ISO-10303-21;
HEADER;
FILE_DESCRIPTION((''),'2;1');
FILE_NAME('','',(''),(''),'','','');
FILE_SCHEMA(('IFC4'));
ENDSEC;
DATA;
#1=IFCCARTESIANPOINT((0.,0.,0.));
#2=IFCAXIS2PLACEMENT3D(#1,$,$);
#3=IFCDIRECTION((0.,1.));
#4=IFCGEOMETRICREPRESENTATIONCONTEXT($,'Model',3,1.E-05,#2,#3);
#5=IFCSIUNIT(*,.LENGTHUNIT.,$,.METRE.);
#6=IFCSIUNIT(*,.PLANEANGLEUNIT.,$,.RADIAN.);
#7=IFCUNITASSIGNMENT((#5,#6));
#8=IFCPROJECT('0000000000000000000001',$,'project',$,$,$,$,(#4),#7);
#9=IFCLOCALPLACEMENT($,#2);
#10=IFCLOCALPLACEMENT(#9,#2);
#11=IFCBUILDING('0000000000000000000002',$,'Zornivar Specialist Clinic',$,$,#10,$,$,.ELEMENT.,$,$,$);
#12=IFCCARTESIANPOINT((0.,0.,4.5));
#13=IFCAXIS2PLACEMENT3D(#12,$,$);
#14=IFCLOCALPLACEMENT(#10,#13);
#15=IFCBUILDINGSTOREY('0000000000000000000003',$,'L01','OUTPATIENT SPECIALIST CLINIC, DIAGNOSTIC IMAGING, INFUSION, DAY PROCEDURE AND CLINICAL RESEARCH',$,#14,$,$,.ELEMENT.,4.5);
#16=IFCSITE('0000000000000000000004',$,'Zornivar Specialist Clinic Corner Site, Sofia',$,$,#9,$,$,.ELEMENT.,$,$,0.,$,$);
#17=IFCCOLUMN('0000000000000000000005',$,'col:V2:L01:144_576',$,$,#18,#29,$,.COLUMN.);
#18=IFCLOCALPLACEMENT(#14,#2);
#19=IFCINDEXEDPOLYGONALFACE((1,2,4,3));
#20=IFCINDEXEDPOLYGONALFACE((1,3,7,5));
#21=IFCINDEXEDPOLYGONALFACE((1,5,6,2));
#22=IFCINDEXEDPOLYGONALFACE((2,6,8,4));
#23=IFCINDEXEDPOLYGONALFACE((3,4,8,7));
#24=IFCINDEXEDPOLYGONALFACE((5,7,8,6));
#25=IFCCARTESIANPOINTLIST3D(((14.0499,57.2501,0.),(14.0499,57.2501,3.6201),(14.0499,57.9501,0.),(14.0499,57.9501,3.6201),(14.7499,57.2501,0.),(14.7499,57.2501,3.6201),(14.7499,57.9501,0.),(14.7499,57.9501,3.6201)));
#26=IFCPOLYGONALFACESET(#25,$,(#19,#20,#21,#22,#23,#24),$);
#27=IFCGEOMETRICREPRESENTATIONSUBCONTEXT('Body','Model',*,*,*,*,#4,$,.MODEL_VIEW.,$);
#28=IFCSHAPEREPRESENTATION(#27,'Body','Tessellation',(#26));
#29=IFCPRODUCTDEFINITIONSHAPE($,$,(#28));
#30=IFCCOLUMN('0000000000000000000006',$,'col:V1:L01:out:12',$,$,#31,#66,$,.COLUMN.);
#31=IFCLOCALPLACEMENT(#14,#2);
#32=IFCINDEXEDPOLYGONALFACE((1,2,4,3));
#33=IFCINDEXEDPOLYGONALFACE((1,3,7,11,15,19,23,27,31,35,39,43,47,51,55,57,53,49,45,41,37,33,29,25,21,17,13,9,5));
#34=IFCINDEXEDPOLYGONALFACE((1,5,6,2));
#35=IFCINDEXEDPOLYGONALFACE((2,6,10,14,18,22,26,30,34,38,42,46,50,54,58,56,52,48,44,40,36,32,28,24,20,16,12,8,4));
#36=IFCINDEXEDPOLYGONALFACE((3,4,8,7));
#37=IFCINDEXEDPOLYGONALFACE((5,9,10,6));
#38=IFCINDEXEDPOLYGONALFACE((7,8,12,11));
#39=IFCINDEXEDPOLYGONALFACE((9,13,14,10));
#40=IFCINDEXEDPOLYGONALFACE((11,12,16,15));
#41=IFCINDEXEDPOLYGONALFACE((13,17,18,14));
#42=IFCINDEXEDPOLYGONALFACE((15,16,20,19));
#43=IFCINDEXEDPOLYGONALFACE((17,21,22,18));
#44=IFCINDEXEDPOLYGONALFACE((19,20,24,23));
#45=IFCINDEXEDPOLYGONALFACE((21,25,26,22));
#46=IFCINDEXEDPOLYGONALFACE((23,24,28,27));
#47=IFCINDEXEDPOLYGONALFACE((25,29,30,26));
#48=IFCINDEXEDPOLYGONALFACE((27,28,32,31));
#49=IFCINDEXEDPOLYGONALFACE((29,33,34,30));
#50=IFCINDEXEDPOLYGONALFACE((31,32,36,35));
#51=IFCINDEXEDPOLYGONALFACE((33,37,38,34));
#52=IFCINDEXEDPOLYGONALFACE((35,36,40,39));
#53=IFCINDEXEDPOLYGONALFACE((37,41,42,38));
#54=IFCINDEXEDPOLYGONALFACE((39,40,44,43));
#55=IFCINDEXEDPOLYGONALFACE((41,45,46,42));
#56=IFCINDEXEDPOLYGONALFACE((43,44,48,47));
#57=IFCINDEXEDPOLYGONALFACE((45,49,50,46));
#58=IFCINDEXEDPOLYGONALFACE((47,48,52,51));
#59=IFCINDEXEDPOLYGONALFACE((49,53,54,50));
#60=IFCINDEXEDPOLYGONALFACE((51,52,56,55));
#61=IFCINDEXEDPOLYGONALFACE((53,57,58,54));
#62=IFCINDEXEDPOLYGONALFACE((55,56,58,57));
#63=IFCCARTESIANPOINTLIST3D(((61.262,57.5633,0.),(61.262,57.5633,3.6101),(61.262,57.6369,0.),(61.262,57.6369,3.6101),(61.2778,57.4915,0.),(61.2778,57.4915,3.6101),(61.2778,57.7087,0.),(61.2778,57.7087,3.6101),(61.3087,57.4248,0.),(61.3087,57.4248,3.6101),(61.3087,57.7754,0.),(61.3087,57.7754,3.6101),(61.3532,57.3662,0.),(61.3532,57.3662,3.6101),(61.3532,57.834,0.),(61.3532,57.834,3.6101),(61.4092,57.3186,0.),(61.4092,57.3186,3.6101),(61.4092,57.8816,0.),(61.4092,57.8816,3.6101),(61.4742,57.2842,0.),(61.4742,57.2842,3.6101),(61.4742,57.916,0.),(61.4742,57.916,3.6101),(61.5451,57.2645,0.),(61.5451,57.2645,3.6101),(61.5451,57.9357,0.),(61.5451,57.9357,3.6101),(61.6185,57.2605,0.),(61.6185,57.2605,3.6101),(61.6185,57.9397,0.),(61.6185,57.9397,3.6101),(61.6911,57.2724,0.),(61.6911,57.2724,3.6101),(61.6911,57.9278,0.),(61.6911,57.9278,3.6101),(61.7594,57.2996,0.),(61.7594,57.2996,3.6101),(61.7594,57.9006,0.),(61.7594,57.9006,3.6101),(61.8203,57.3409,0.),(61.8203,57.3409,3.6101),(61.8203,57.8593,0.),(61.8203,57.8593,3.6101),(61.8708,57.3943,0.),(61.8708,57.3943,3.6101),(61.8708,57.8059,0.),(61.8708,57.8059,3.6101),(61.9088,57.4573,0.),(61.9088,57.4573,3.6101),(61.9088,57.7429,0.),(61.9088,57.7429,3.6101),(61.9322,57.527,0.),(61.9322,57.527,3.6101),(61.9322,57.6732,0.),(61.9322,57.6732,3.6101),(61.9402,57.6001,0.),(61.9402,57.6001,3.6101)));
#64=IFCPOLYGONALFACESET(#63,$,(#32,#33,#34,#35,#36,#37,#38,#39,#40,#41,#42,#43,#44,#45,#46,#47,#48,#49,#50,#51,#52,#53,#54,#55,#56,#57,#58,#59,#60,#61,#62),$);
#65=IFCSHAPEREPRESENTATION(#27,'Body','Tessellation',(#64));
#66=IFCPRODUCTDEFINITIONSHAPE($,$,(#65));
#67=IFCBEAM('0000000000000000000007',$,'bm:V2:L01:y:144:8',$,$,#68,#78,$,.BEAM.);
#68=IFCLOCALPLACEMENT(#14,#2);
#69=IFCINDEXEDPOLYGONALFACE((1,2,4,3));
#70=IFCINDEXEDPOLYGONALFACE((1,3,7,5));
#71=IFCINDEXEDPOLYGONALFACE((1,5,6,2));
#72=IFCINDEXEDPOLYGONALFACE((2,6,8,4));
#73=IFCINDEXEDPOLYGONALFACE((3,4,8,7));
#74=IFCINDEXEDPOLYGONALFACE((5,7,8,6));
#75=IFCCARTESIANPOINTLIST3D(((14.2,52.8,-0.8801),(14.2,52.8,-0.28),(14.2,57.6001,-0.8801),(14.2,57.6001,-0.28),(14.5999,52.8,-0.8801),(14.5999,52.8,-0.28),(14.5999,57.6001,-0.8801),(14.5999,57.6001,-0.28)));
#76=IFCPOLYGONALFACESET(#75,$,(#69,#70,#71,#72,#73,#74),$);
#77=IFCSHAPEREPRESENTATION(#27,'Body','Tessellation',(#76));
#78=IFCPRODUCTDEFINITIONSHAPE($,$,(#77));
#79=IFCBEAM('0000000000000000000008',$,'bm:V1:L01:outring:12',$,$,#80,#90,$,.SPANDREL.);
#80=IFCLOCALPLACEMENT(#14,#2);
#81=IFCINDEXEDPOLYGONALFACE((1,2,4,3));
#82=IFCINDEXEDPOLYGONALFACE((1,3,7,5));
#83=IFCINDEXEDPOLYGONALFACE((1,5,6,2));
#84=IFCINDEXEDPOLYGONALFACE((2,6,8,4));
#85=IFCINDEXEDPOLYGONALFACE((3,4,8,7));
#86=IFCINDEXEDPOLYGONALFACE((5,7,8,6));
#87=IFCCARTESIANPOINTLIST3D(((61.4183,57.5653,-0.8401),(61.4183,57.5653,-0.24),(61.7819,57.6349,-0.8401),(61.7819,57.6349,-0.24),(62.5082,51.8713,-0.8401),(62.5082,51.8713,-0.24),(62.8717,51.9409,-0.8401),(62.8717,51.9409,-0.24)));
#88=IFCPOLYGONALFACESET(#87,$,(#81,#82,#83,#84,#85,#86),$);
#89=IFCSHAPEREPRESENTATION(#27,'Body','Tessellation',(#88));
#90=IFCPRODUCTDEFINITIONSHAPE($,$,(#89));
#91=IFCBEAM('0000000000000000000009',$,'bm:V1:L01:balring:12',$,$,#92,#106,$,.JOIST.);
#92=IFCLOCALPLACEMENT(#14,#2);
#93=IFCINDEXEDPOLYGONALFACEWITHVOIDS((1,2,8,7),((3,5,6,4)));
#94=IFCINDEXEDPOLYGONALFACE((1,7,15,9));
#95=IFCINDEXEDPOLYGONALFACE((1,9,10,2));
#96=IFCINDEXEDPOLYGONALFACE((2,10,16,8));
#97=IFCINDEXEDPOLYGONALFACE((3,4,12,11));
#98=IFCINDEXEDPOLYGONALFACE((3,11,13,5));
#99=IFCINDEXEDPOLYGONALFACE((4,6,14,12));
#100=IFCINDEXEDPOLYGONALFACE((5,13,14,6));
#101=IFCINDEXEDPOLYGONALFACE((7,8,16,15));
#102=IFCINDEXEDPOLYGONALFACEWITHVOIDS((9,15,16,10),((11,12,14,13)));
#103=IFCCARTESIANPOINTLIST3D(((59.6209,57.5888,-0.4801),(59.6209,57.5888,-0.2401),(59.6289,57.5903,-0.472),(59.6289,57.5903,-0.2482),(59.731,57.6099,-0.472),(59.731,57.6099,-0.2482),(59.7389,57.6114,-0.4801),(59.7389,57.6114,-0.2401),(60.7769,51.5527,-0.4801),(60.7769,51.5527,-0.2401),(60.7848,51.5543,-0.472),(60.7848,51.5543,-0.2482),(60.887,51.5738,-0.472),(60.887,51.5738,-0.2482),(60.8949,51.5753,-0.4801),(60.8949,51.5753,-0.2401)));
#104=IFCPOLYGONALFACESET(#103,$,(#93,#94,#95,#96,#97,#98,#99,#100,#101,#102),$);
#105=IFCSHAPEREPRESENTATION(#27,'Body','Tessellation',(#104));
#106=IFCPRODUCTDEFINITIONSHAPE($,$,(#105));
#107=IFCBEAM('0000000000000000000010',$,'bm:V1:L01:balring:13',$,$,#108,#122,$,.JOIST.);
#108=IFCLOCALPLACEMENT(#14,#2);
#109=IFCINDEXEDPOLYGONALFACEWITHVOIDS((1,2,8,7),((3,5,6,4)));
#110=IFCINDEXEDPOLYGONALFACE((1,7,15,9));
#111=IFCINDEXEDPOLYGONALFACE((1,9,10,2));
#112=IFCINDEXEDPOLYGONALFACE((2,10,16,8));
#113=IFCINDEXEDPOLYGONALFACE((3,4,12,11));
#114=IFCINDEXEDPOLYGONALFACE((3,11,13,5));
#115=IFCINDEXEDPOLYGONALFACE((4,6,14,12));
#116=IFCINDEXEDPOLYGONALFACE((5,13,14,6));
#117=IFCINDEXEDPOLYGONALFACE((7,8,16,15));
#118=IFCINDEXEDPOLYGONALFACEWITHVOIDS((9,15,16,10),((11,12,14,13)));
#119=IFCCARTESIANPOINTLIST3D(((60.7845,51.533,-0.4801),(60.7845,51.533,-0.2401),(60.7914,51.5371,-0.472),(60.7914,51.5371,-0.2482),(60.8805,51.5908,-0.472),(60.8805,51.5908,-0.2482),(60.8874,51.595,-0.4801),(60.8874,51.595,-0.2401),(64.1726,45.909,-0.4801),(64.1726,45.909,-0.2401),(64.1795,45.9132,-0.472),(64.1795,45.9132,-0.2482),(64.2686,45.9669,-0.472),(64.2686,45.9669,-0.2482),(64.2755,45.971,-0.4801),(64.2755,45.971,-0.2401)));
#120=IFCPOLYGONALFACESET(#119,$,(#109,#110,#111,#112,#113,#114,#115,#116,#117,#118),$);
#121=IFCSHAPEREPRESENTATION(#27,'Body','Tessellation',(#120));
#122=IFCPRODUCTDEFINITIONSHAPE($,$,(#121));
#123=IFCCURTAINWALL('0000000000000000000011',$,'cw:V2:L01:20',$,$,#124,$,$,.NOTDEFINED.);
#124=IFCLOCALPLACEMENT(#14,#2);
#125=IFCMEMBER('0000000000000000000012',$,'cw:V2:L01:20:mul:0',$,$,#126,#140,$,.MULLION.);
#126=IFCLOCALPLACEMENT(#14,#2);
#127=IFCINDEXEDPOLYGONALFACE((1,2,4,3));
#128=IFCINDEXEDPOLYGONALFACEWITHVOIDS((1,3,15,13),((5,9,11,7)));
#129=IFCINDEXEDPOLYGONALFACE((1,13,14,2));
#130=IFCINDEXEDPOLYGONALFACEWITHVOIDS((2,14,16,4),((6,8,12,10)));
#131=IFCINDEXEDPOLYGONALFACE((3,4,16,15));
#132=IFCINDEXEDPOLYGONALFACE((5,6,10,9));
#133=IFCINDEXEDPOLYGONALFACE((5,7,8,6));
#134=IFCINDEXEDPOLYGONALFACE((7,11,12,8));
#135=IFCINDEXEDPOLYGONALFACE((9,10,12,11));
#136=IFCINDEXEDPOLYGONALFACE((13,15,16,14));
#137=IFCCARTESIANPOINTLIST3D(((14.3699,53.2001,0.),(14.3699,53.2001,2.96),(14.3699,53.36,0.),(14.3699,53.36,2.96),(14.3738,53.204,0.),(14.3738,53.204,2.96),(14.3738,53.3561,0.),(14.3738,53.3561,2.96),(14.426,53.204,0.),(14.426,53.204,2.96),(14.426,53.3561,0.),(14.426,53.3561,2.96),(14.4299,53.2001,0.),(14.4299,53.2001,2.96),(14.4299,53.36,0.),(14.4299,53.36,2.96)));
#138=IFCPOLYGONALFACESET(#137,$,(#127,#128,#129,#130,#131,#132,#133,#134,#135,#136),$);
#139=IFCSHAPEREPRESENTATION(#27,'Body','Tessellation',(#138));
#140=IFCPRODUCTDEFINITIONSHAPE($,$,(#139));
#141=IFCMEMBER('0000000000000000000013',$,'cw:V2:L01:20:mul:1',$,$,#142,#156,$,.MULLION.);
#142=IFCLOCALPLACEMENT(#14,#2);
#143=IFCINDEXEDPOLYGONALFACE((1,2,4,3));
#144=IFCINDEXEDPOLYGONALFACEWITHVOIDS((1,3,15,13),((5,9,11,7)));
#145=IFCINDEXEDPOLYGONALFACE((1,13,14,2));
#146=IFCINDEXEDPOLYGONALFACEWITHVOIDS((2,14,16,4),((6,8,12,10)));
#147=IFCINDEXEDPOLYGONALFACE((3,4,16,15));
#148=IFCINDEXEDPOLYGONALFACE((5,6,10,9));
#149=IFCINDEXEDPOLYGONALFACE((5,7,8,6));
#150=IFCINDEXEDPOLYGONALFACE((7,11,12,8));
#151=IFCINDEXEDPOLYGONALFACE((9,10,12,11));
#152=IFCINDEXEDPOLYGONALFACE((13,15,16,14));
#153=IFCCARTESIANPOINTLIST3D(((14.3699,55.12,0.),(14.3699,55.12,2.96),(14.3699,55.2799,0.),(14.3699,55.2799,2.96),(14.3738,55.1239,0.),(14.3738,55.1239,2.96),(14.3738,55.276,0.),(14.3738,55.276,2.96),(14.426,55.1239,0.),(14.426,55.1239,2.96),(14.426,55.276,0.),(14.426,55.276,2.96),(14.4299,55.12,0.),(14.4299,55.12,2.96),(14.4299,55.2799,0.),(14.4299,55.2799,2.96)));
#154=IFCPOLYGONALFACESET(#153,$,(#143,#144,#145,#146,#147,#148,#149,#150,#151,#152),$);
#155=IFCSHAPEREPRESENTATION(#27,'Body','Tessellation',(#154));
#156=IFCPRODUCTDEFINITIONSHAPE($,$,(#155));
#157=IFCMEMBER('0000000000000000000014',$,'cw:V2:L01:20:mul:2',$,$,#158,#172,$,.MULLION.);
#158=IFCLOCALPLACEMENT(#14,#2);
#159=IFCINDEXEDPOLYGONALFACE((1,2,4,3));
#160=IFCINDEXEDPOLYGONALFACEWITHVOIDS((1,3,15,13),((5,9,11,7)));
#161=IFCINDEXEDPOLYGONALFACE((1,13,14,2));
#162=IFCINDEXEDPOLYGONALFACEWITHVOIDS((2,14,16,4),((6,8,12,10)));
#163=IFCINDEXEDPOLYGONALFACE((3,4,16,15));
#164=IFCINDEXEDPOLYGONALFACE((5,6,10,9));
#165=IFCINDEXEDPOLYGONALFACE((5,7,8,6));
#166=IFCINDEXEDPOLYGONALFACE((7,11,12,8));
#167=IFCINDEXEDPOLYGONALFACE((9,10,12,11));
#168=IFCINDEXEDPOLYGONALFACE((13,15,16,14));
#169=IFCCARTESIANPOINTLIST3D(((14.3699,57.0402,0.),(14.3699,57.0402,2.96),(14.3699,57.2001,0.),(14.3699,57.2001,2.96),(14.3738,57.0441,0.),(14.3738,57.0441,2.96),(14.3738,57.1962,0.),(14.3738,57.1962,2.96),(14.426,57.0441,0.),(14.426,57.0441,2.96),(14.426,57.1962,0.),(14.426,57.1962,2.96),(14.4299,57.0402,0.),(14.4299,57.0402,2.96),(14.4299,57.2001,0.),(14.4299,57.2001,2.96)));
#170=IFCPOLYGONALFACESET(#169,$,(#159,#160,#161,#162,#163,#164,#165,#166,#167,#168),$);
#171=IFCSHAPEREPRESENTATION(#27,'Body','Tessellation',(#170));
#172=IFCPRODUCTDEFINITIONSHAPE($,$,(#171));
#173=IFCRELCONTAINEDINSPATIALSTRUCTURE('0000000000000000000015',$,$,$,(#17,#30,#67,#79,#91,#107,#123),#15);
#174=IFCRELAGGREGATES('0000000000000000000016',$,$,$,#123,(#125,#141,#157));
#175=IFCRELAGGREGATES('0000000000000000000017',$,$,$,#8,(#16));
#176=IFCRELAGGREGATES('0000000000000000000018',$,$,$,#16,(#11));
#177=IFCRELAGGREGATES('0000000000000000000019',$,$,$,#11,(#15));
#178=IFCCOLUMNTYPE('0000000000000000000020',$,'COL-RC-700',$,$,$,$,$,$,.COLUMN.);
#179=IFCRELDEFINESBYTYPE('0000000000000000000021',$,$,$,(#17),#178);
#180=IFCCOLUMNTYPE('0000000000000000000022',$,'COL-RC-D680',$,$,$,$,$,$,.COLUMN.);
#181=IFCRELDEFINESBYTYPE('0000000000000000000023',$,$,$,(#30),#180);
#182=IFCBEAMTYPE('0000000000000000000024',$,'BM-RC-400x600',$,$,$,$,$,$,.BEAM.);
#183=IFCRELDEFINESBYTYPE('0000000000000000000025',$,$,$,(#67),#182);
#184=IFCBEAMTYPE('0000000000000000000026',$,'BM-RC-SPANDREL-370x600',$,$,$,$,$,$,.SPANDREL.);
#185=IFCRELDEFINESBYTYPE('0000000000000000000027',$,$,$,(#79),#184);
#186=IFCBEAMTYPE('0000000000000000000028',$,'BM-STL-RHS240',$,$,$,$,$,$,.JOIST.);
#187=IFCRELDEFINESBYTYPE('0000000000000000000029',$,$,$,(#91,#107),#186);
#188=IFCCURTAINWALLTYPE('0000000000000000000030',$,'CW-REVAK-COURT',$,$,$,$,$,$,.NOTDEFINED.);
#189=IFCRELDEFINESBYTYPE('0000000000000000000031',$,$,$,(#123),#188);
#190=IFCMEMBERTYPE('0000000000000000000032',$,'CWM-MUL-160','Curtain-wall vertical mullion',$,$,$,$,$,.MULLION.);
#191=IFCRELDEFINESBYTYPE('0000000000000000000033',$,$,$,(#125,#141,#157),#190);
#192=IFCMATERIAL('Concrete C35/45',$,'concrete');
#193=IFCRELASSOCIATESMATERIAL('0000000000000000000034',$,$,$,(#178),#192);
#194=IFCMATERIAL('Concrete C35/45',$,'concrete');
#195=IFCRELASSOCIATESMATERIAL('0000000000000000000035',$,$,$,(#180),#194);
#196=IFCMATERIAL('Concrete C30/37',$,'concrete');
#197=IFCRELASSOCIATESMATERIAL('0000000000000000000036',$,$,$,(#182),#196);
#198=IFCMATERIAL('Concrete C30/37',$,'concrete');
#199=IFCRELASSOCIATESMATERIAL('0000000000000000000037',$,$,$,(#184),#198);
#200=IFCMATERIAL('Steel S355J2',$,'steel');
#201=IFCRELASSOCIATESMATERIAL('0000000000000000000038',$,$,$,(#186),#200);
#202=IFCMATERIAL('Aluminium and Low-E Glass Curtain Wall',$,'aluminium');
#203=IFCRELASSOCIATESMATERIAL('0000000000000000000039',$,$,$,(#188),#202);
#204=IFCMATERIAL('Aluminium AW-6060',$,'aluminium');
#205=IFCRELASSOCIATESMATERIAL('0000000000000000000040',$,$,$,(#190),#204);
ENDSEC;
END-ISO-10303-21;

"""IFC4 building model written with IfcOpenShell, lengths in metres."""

from ifc_helpers import new_model, si_unit, direction, frame, origin, origin_2d, place, context, subcontext, project, spatial, rectangle, hollow_rectangle, circle, extrude, material, material_profile, profile_set, type_object, element, aggregate, save


model = new_model("IFC4")

# Units and contexts
model_context = context("Model", 3, precision=1e-05, world=origin(), true_north=direction((0.0, 1.0)))
body_context = subcontext(model_context, "Body", "Model", "MODEL_VIEW")
ifc_project = project(units=[si_unit("LENGTHUNIT", "METRE"), si_unit("PLANEANGLEUNIT", "RADIAN")], contexts=[model_context])

# Site, building, storey
site_placement = place(None, origin())
site = spatial("IfcSite", under=ifc_project, at=site_placement, Name="Zornivar Specialist Clinic Corner Site, Sofia", CompositionType="ELEMENT", RefElevation=0.0)
building_placement = place(site_placement, origin())
building = spatial("IfcBuilding", under=site, at=building_placement, Name="Zornivar Specialist Clinic", CompositionType="ELEMENT")
storey_placement = place(building_placement, frame((0.0, 0.0, 4.5)))
storey = spatial("IfcBuildingStorey", under=building, at=storey_placement, Name="L01", Description="OUTPATIENT SPECIALIST CLINIC, DIAGNOSTIC IMAGING, INFUSION, DAY PROCEDURE AND CLINICAL RESEARCH", CompositionType="ELEMENT", Elevation=4.5)

# Columns
ifc_material_1 = material(Name="Concrete C35/45", Category="concrete")
ifc_material_profile_1 = material_profile(ifc_material_1, rectangle(XDim=0.7, YDim=0.7, at=origin_2d()), Name="RC 700x700")
ifc_profile_set_1 = profile_set([ifc_material_profile_1], Name="Concrete C35/45")
column_type_1 = type_object("IfcColumnType", Name="COL-RC-700", PredefinedType="COLUMN", material=ifc_profile_set_1)
column_1_placement = place(storey_placement, frame((14.3999, 57.6001, 0.0), z_axis=(0.0, 0.0, 1.0), x_axis=(1.0, 0.0, 0.0)))
element("IfcColumn", 1, at=column_1_placement, inside=storey, type_object=column_type_1, Name="col:V2:L01:144_576", PredefinedType="COLUMN", context=body_context, shape_type="SweptSolid", body=[
    extrude(rectangle(XDim=0.7, YDim=0.7, at=origin_2d()), origin(), (0.0, 0.0, 1.0), 3.6201),
])
ifc_material_2 = material(Name="Concrete C35/45", Category="concrete")
ifc_material_profile_2 = material_profile(ifc_material_2, circle(Radius=0.3401, at=origin_2d()), Name="RC D680")
ifc_profile_set_2 = profile_set([ifc_material_profile_2], Name="Concrete C35/45")
column_type_2 = type_object("IfcColumnType", Name="COL-RC-D680", PredefinedType="COLUMN", material=ifc_profile_set_2)
column_2_placement = place(storey_placement, frame((61.6001, 57.6001, 0.0), z_axis=(0.0, 0.0, 1.0), x_axis=(1.0, 0.0, 0.0)))
element("IfcColumn", 2, at=column_2_placement, inside=storey, type_object=column_type_2, Name="col:V1:L01:out:12", PredefinedType="COLUMN", context=body_context, shape_type="SweptSolid", body=[
    extrude(circle(Radius=0.3401, at=origin_2d()), origin(), (0.0, 0.0, 1.0), 3.6101),
])

# Beams
ifc_material_3 = material(Name="Concrete C30/37", Category="concrete")
ifc_material_profile_3 = material_profile(ifc_material_3, rectangle(XDim=0.3999, YDim=0.6001, at=origin_2d()), Name="RC 400x600")
ifc_profile_set_3 = profile_set([ifc_material_profile_3], Name="Concrete C30/37")
beam_type_1 = type_object("IfcBeamType", Name="BM-RC-400x600", PredefinedType="BEAM", material=ifc_profile_set_3)
beam_1_placement = place(storey_placement, frame((14.3999, 52.8, -0.5801), z_axis=(0.0, 1.0, 0.0), x_axis=(-1.0, 0.0, 0.0)))
element("IfcBeam", 3, at=beam_1_placement, inside=storey, type_object=beam_type_1, Name="bm:V2:L01:y:144:8", PredefinedType="BEAM", context=body_context, shape_type="SweptSolid", body=[
    extrude(rectangle(XDim=0.3999, YDim=0.6001, at=origin_2d()), origin(), (0.0, 0.0, 1.0), 4.8),
])
ifc_material_4 = material(Name="Concrete C30/37", Category="concrete")
ifc_material_profile_4 = material_profile(ifc_material_4, rectangle(XDim=0.3701, YDim=0.6001, at=origin_2d()), Name="RC 370x600")
ifc_profile_set_4 = profile_set([ifc_material_profile_4], Name="Concrete C30/37")
beam_type_2 = type_object("IfcBeamType", Name="BM-RC-SPANDREL-370x600", PredefinedType="SPANDREL", material=ifc_profile_set_4)
beam_2_placement = place(storey_placement, frame((61.6001, 57.6001, -0.54), z_axis=(0.187987, -0.982172, 0.0), x_axis=(0.982172, 0.187987, 0.0)))
element("IfcBeam", 4, at=beam_2_placement, inside=storey, type_object=beam_type_2, Name="bm:V1:L01:outring:12", PredefinedType="SPANDREL", context=body_context, shape_type="SweptSolid", body=[
    extrude(rectangle(XDim=0.3701, YDim=0.6001, at=origin_2d()), origin(), (0.0, 0.0, 1.0), 5.7974),
])
ifc_material_5 = material(Name="Steel S355J2", Category="steel")
ifc_material_profile_5 = material_profile(ifc_material_5, hollow_rectangle(XDim=0.1201, YDim=0.24, WallThickness=0.0081, at=origin_2d()), Name="RHS 240x120x8")
ifc_profile_set_5 = profile_set([ifc_material_profile_5], Name="Steel S355J2")
beam_type_3 = type_object("IfcBeamType", Name="BM-STL-RHS240", PredefinedType="JOIST", material=ifc_profile_set_5)
beam_3_placement = place(storey_placement, frame((59.6799, 57.6001, -0.3601), z_axis=(0.188096, -0.982151, 0.0), x_axis=(0.982151, 0.188096, 0.0)))
element("IfcBeam", 5, at=beam_3_placement, inside=storey, type_object=beam_type_3, Name="bm:V1:L01:balring:12", PredefinedType="JOIST", context=body_context, shape_type="SweptSolid", body=[
    extrude(hollow_rectangle(XDim=0.1201, YDim=0.24, WallThickness=0.0081, at=origin_2d()), origin(), (0.0, 0.0, 1.0), 6.1458),
])
beam_4_placement = place(storey_placement, frame((60.8359, 51.564, -0.3601), z_axis=(0.516037, -0.856566, 0.0), x_axis=(0.856566, 0.516037, 0.0)))
element("IfcBeam", 6, at=beam_4_placement, inside=storey, type_object=beam_type_3, Name="bm:V1:L01:balring:13", PredefinedType="JOIST", context=body_context, shape_type="SweptSolid", body=[
    extrude(hollow_rectangle(XDim=0.1201, YDim=0.24, WallThickness=0.0081, at=origin_2d()), origin(), (0.0, 0.0, 1.0), 6.5657),
])

# Curtain wall, members
ifc_material_6 = material(Name="Aluminium and Low-E Glass Curtain Wall", Category="aluminium")
curtain_wall_type_1 = type_object("IfcCurtainWallType", Name="CW-REVAK-COURT", PredefinedType="NOTDEFINED", material=ifc_material_6)
curtain_wall_1_placement = place(storey_placement, origin())
curtain_wall_1 = element("IfcCurtainWall", 7, at=curtain_wall_1_placement, inside=storey, type_object=curtain_wall_type_1, Name="cw:V2:L01:20", PredefinedType="NOTDEFINED")
ifc_material_7 = material(Name="Aluminium AW-6060", Category="aluminium")
ifc_material_profile_6 = material_profile(ifc_material_7, hollow_rectangle(XDim=0.0601, YDim=0.1599, WallThickness=0.0039, at=origin_2d()), Name="ALU 60x160x4")
ifc_profile_set_6 = profile_set([ifc_material_profile_6], Name="Aluminium AW-6060")
member_type_1 = type_object("IfcMemberType", Name="CWM-MUL-160", Description="Curtain-wall vertical mullion", PredefinedType="MULLION", material=ifc_profile_set_6)
member_1_placement = place(storey_placement, frame((14.3999, 53.28, 0.0), z_axis=(0.0, 0.0, 1.0), x_axis=(1.0, 0.0, 0.0)))
member_1 = element("IfcMember", 8, at=member_1_placement, type_object=member_type_1, Name="cw:V2:L01:20:mul:0", PredefinedType="MULLION", context=body_context, shape_type="SweptSolid", body=[
    extrude(hollow_rectangle(XDim=0.0601, YDim=0.1599, WallThickness=0.0039, at=origin_2d()), origin(), (0.0, 0.0, 1.0), 2.96),
])
member_2_placement = place(storey_placement, frame((14.3999, 55.2, 0.0), z_axis=(0.0, 0.0, 1.0), x_axis=(1.0, 0.0, 0.0)))
member_2 = element("IfcMember", 9, at=member_2_placement, type_object=member_type_1, Name="cw:V2:L01:20:mul:1", PredefinedType="MULLION", context=body_context, shape_type="SweptSolid", body=[
    extrude(hollow_rectangle(XDim=0.0601, YDim=0.1599, WallThickness=0.0039, at=origin_2d()), origin(), (0.0, 0.0, 1.0), 2.96),
])
member_3_placement = place(storey_placement, frame((14.3999, 57.1201, 0.0), z_axis=(0.0, 0.0, 1.0), x_axis=(1.0, 0.0, 0.0)))
member_3 = element("IfcMember", 10, at=member_3_placement, type_object=member_type_1, Name="cw:V2:L01:20:mul:2", PredefinedType="MULLION", context=body_context, shape_type="SweptSolid", body=[
    extrude(hollow_rectangle(XDim=0.0601, YDim=0.1599, WallThickness=0.0039, at=origin_2d()), origin(), (0.0, 0.0, 1.0), 2.96),
])

aggregate(curtain_wall_1, [member_1, member_2, member_3])

save(model, "model.ifc")
